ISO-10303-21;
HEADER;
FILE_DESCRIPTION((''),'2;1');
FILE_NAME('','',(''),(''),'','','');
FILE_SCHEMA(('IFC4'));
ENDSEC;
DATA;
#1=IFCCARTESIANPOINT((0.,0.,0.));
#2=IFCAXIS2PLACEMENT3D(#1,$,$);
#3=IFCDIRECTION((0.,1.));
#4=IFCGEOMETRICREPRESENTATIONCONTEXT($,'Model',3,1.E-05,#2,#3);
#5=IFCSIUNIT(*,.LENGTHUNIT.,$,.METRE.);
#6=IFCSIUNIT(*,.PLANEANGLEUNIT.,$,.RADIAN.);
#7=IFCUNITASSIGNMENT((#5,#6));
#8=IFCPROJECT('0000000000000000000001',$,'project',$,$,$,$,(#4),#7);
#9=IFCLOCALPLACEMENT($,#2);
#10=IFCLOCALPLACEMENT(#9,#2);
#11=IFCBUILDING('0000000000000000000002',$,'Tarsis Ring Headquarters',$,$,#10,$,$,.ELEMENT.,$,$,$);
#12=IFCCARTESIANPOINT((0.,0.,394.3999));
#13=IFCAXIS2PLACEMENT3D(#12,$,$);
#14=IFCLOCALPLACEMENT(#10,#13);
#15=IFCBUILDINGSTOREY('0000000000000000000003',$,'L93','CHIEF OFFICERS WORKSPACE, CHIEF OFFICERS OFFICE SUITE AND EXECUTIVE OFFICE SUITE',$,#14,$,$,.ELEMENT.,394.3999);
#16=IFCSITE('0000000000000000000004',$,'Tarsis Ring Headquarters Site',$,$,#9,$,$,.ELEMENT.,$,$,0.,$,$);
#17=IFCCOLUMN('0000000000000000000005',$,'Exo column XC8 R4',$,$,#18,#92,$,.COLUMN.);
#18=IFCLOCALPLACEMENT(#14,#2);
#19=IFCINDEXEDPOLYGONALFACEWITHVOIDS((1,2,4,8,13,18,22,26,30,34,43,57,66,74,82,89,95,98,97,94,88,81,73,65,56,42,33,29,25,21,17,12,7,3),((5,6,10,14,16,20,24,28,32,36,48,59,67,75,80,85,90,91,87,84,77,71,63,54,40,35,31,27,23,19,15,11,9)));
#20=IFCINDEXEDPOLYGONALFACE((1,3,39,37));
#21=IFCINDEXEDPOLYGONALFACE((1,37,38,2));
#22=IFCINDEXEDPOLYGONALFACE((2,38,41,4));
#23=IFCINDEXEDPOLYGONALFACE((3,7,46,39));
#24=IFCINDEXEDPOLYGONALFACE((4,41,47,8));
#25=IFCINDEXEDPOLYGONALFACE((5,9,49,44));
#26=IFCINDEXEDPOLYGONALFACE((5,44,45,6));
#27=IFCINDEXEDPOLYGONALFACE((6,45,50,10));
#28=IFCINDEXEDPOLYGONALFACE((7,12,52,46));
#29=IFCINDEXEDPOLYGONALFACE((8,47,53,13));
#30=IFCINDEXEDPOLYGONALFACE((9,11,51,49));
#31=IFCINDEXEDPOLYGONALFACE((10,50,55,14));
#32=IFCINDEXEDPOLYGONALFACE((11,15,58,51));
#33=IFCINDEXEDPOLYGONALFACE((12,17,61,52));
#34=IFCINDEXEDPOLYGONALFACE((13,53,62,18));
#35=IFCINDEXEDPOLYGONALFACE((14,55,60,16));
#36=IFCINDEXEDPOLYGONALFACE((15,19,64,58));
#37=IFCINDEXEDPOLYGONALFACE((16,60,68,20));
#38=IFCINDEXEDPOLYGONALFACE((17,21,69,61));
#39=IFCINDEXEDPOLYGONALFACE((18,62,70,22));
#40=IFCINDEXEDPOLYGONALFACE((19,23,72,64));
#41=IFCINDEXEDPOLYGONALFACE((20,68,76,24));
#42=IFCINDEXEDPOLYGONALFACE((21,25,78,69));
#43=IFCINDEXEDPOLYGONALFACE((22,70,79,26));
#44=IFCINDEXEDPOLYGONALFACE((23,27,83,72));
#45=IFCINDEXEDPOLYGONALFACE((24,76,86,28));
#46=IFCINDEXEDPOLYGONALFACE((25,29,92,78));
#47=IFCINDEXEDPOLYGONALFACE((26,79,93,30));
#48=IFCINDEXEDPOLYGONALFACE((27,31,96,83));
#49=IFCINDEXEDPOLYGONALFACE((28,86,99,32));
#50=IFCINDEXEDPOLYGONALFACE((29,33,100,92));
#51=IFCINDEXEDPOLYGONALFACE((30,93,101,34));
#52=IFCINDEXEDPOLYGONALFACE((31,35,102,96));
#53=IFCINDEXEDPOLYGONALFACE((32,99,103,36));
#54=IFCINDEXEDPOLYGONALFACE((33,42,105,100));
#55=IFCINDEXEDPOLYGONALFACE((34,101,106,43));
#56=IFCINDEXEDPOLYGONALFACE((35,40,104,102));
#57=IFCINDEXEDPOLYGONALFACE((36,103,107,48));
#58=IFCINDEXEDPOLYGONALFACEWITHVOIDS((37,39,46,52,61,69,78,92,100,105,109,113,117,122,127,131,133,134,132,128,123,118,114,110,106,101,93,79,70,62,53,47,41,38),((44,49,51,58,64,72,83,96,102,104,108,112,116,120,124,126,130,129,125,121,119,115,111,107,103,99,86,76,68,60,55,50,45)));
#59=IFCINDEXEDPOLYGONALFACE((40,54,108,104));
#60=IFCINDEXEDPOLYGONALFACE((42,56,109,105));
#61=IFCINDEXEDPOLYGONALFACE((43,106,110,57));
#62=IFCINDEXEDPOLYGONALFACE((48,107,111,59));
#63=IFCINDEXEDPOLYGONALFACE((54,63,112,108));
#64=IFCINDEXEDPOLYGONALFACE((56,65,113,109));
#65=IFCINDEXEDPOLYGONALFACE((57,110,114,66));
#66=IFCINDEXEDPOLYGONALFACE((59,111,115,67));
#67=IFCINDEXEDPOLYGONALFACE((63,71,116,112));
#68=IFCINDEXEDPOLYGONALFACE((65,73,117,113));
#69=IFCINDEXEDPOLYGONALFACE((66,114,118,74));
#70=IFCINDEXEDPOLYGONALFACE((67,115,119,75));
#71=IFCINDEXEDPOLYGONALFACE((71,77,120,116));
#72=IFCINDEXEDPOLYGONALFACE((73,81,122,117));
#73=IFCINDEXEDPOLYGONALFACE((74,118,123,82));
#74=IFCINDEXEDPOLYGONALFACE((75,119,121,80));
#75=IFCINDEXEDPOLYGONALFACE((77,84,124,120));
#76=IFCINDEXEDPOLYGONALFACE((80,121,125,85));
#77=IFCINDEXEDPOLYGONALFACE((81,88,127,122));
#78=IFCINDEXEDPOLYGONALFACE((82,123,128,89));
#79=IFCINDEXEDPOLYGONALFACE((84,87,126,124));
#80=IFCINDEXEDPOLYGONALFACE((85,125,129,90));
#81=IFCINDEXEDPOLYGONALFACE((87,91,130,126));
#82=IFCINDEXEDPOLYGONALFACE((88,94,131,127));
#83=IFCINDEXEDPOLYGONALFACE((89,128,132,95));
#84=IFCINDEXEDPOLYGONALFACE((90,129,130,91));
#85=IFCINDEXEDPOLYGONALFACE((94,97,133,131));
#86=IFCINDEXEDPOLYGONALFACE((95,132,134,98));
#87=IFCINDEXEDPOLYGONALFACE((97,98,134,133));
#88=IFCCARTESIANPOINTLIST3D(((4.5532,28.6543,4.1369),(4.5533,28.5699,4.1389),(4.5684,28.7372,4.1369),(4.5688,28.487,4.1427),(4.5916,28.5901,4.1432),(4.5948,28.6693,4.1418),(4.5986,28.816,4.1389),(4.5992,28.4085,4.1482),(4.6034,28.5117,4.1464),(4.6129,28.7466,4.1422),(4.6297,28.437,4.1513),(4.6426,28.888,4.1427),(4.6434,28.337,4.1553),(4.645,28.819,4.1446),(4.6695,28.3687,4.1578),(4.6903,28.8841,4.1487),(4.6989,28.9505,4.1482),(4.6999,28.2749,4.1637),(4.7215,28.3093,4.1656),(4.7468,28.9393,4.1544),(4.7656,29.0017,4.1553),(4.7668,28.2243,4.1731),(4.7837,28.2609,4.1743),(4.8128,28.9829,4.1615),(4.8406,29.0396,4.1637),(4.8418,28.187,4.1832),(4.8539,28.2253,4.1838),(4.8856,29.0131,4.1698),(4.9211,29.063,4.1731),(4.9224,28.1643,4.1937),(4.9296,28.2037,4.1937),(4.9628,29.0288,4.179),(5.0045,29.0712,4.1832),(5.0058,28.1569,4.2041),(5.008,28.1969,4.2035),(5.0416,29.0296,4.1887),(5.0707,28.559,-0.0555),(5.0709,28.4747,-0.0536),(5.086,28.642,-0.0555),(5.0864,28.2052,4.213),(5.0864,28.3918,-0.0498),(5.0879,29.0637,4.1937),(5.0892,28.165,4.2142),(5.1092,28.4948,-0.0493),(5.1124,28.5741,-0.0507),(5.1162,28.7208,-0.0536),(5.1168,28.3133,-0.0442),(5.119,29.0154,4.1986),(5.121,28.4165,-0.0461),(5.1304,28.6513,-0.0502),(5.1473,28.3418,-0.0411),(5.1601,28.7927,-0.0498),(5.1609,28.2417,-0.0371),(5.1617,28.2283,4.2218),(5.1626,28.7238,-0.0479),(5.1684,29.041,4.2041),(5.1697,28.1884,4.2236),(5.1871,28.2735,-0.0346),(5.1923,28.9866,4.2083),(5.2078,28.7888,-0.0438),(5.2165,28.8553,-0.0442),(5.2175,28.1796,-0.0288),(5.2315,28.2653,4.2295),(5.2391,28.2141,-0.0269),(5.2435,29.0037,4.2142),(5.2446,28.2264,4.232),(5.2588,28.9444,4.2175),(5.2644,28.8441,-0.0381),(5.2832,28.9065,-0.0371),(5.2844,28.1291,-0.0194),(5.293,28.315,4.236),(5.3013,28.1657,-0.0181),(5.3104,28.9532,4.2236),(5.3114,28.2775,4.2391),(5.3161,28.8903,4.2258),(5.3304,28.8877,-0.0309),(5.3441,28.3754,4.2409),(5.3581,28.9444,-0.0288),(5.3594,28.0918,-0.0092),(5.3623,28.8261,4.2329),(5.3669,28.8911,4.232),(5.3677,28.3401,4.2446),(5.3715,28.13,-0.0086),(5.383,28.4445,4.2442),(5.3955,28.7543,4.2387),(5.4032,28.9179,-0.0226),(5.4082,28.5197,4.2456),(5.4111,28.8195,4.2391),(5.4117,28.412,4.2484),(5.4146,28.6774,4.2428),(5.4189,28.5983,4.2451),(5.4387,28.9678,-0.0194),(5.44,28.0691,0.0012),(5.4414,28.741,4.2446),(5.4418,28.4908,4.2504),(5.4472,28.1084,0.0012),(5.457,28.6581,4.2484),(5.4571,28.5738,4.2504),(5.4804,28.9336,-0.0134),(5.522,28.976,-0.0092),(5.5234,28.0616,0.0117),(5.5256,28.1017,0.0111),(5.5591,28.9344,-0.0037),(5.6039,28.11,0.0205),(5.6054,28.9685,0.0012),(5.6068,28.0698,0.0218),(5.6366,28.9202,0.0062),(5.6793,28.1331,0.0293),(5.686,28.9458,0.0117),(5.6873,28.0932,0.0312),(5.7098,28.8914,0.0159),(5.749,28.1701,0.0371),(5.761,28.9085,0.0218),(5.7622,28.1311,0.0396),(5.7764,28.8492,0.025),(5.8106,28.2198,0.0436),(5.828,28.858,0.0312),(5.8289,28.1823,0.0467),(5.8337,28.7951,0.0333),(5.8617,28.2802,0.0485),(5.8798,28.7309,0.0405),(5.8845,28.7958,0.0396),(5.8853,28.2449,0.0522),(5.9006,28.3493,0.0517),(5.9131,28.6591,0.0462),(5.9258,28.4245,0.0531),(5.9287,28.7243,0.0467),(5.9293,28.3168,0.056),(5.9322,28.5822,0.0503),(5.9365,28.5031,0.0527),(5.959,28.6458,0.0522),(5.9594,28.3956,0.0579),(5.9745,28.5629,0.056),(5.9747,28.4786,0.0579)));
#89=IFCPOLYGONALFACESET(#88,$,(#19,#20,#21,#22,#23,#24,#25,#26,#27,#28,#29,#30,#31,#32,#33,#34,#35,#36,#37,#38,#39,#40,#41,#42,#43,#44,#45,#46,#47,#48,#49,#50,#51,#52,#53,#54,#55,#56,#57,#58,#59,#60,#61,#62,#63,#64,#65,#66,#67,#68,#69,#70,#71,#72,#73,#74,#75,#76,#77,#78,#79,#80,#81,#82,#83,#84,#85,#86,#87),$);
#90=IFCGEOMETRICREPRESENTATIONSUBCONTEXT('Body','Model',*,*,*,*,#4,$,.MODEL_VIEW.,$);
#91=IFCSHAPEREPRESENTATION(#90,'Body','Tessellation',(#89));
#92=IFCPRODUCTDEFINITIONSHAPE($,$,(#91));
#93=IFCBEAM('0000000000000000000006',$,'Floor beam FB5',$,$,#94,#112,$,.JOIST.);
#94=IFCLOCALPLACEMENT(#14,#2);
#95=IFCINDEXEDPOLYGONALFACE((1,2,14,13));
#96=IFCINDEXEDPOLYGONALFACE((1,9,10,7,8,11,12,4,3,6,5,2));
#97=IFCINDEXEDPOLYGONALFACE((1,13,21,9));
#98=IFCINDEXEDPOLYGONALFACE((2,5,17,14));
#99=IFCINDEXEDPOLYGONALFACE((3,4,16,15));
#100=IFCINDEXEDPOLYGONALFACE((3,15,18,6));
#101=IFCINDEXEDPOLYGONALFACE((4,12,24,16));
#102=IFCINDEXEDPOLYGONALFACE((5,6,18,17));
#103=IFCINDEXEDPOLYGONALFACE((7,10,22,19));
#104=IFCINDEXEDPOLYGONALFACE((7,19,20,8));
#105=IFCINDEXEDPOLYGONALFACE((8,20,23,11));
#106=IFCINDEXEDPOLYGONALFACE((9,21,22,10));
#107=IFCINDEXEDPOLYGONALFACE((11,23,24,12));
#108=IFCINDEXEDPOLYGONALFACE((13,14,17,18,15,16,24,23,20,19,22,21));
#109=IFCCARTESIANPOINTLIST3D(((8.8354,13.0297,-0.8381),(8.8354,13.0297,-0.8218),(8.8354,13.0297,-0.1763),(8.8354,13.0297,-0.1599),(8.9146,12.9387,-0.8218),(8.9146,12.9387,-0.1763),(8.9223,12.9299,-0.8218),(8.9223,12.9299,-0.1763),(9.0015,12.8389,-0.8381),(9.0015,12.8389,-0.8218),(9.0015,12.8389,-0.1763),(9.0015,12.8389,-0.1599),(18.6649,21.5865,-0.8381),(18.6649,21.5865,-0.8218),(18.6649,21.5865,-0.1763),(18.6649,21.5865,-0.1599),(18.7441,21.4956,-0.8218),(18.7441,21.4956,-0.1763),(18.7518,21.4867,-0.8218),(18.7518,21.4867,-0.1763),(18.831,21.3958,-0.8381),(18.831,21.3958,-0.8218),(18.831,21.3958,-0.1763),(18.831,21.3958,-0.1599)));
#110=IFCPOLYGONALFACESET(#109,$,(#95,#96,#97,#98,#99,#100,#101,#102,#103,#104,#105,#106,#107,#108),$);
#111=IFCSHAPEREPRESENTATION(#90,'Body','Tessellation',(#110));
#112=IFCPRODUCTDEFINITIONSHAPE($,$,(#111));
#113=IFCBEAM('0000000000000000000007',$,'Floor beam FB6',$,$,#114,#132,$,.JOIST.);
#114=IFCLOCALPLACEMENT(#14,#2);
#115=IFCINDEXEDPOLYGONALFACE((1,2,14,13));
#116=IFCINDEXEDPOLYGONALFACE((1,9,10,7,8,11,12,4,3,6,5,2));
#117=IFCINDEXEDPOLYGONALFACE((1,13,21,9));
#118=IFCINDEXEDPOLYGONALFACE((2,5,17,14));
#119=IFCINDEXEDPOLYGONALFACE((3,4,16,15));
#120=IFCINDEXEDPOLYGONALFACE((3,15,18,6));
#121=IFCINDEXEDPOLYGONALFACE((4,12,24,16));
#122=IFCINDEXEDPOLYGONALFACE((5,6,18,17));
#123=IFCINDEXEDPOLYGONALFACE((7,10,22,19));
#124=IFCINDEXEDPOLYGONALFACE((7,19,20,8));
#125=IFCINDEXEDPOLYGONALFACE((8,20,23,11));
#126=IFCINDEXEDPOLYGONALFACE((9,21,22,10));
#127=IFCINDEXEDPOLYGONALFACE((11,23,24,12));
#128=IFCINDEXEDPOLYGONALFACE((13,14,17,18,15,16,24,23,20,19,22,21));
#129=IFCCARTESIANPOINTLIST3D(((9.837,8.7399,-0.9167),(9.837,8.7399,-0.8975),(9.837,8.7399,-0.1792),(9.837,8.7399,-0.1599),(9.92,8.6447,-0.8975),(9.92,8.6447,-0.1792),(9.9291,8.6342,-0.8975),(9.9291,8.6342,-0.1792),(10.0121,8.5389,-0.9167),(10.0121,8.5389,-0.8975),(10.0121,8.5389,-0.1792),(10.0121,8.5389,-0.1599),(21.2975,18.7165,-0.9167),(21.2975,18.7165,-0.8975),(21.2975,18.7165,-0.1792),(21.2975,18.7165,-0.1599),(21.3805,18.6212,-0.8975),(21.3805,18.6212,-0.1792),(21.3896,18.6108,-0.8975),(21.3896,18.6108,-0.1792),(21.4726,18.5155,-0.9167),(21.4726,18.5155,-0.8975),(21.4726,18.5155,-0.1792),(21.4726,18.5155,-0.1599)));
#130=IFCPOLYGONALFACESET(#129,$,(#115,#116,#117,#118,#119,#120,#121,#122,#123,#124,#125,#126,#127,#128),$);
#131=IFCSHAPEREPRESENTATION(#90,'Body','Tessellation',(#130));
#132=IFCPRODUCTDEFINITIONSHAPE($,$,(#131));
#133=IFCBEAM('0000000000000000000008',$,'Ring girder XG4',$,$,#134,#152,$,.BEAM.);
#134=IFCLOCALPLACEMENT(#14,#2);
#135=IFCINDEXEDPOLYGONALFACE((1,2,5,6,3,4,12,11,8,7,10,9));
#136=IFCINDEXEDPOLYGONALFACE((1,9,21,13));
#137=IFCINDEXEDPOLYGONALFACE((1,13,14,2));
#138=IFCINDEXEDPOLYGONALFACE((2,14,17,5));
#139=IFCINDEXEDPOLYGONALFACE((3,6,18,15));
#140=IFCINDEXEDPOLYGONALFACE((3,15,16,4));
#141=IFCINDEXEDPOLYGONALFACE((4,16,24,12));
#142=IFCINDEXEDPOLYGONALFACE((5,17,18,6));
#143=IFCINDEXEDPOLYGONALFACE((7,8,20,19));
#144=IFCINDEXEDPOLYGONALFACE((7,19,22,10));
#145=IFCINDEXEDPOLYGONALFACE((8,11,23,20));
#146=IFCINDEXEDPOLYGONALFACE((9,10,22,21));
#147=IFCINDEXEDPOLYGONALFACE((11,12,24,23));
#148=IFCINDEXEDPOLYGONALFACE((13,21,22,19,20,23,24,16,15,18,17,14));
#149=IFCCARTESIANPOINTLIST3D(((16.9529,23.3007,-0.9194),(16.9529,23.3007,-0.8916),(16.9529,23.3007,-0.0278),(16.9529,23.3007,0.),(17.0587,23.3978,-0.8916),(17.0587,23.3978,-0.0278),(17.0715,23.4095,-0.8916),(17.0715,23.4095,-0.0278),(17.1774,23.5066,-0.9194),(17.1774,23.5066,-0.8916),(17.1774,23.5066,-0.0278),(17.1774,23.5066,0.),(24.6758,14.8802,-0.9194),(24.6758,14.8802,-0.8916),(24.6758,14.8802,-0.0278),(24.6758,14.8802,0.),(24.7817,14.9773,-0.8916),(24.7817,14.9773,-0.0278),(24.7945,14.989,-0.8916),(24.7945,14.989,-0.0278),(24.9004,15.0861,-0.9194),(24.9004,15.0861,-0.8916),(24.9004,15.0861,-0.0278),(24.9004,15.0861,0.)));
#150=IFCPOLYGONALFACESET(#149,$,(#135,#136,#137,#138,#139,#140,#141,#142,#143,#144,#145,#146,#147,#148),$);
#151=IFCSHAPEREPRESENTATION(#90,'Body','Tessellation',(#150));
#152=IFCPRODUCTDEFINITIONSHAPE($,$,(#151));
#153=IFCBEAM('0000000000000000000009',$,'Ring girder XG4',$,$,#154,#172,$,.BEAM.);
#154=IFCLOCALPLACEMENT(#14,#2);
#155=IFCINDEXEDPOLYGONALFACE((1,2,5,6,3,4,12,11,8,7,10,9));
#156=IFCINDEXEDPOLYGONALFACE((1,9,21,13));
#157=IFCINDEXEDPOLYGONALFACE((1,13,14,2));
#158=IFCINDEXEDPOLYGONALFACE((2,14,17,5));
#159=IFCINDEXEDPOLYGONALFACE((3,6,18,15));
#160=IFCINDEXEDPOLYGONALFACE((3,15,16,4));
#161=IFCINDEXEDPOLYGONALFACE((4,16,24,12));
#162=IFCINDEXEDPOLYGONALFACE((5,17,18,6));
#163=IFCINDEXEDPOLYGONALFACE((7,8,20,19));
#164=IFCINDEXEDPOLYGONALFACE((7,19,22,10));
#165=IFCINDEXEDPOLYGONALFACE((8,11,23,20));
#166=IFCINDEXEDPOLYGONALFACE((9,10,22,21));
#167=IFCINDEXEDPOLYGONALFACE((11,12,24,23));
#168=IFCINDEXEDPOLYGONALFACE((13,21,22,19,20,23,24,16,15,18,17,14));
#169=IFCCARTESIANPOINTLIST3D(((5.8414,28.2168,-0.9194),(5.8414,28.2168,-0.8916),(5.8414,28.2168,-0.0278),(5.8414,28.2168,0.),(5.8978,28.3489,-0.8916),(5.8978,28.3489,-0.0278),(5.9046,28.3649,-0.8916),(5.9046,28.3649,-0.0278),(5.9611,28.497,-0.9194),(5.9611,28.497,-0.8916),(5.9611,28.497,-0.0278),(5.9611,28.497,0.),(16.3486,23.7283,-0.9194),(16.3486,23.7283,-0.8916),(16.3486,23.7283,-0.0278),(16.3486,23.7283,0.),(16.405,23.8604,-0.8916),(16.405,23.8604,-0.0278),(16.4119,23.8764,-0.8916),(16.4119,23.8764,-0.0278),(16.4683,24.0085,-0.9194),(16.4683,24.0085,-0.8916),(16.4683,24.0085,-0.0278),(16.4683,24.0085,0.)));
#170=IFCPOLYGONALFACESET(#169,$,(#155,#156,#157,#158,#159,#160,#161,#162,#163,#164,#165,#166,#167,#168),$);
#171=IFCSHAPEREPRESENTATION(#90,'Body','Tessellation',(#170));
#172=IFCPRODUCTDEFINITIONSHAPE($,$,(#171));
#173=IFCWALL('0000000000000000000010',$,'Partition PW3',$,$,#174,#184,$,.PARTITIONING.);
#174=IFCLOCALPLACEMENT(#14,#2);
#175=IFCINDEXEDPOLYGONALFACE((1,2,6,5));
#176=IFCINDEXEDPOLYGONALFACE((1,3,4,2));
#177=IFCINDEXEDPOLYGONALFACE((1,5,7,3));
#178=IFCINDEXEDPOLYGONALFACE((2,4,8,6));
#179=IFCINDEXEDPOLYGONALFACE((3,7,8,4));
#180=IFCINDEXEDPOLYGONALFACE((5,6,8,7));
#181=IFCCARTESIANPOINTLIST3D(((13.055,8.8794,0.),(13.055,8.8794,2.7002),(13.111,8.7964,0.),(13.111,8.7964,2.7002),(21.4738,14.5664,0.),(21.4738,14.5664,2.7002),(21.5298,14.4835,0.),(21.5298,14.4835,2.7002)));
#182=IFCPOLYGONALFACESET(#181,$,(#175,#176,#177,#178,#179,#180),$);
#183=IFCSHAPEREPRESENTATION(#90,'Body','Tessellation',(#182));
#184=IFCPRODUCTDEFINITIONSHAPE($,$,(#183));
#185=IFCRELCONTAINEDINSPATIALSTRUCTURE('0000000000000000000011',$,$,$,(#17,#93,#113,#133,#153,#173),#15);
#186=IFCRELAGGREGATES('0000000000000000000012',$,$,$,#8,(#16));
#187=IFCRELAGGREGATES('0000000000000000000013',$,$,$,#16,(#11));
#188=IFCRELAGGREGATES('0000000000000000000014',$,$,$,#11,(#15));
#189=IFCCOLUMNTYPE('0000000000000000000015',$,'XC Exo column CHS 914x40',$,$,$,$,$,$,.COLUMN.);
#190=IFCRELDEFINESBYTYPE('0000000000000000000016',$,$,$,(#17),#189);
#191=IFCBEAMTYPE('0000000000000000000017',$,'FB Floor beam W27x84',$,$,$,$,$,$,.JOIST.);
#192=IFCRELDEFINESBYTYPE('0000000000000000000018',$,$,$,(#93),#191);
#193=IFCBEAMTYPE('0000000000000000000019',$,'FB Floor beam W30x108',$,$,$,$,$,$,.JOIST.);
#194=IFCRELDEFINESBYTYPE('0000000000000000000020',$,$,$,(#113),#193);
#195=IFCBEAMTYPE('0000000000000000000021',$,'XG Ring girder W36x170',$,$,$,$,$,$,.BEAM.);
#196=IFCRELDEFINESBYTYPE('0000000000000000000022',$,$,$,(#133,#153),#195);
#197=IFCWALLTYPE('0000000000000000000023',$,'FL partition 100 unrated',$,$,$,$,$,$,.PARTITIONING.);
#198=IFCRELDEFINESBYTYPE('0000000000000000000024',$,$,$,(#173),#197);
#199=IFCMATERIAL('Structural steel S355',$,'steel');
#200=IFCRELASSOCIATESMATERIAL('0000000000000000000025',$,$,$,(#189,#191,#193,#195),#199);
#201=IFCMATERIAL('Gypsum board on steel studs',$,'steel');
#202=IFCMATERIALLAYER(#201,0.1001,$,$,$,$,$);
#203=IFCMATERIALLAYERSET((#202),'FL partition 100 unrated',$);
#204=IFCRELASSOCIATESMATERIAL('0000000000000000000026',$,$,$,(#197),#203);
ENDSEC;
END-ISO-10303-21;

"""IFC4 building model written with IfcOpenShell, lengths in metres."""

from ifc_helpers import new_model, si_unit, direction, frame, frame_2d, origin, origin_2d, place, context, subcontext, project, spatial, rectangle, hollow_circle, i_section, extrude, material, layer, layer_set, material_profile, profile_set, type_object, element, save


model = new_model("IFC4")

# Units and contexts
model_context = context("Model", 3, precision=1e-05, world=origin(), true_north=direction((0.0, 1.0)))
body_context = subcontext(model_context, "Body", "Model", "MODEL_VIEW")
ifc_project = project(units=[si_unit("LENGTHUNIT", "METRE"), si_unit("PLANEANGLEUNIT", "RADIAN")], contexts=[model_context])

# Site, building, storey
site_placement = place(None, origin())
site = spatial("IfcSite", under=ifc_project, at=site_placement, Name="Tarsis Ring Headquarters Site", CompositionType="ELEMENT", RefElevation=0.0)
building_placement = place(site_placement, origin())
building = spatial("IfcBuilding", under=site, at=building_placement, Name="Tarsis Ring Headquarters", CompositionType="ELEMENT")
storey_placement = place(building_placement, frame((0.0, 0.0, 394.3999)))
storey = spatial("IfcBuildingStorey", under=building, at=storey_placement, Name="L93", Description="CHIEF OFFICERS WORKSPACE, CHIEF OFFICERS OFFICE SUITE AND EXECUTIVE OFFICE SUITE", CompositionType="ELEMENT", Elevation=394.3999)

# Column
ifc_material_1 = material(Name="Structural steel S355", Category="steel")
ifc_material_profile_1 = material_profile(ifc_material_1, hollow_circle(Radius=0.457, WallThickness=0.04, at=origin_2d()), Name="CHS 914x40")
ifc_profile_set_1 = profile_set([ifc_material_profile_1], Name="Structural steel S355")
column_type = type_object("IfcColumnType", Name="XC Exo column CHS 914x40", PredefinedType="COLUMN", material=ifc_profile_set_1)
for number, where, z_axis, x_axis, name in (
    (1, (5.5227, 28.5188, 0.0012), (-0.122495, 0.022535, 0.992213), (-0.180926, -0.983497, 0.0), "Exo column XC8 R4"),
):
    element("IfcColumn", number, at=place(storey_placement, frame(where, z_axis=z_axis, x_axis=x_axis)), inside=storey, type_object=column_type, Name=name, PredefinedType="COLUMN", context=body_context, shape_type="SweptSolid", body=[
        extrude(hollow_circle(Radius=0.4573, WallThickness=0.04, at=origin_2d()), origin(), (0.0, 0.0, 1.0), 4.2253),
    ])

# Beams
ifc_material_profile_2 = material_profile(ifc_material_1, i_section(OverallWidth=0.2529, OverallDepth=0.6782, WebThickness=0.0117, FlangeThickness=0.0164, at=origin_2d()), Name="W27x84")
ifc_profile_set_2 = profile_set([ifc_material_profile_2], Name="Structural steel S355")
beam_type_1 = type_object("IfcBeamType", Name="FB Floor beam W27x84", PredefinedType="JOIST", material=ifc_profile_set_2)
beam_1_placement = place(storey_placement, frame((8.9185, 12.9343, -0.499), z_axis=(0.754248, 0.65659, 0.0), x_axis=(-0.65659, 0.754248, 0.0)))
element("IfcBeam", 2, at=beam_1_placement, inside=storey, type_object=beam_type_1, Name="Floor beam FB5", PredefinedType="JOIST", context=body_context, shape_type="SweptSolid", body=[
    extrude(i_section(OverallWidth=0.2529, OverallDepth=0.6782, WebThickness=0.0117, FlangeThickness=0.0164, at=origin_2d()), origin(), (0.0, 0.0, 1.0), 13.0322),
])
ifc_material_profile_3 = material_profile(ifc_material_1, i_section(OverallWidth=0.2666, OverallDepth=0.7568, WebThickness=0.0139, FlangeThickness=0.0193, at=origin_2d()), Name="W30x108")
ifc_profile_set_3 = profile_set([ifc_material_profile_3], Name="Structural steel S355")
beam_type_2 = type_object("IfcBeamType", Name="FB Floor beam W30x108", PredefinedType="JOIST", material=ifc_profile_set_3)
beam_2_placement = place(storey_placement, frame((9.9246, 8.6394, -0.5383), z_axis=(0.754248, 0.656589, 0.0), x_axis=(-0.656589, 0.754248, 0.0)))
element("IfcBeam", 3, at=beam_2_placement, inside=storey, type_object=beam_type_2, Name="Floor beam FB6", PredefinedType="JOIST", context=body_context, shape_type="SweptSolid", body=[
    extrude(i_section(OverallWidth=0.2666, OverallDepth=0.7568, WebThickness=0.0139, FlangeThickness=0.0193, at=origin_2d()), origin(), (0.0, 0.0, 1.0), 15.1946),
])
ifc_material_profile_4 = material_profile(ifc_material_1, i_section(OverallWidth=0.3047, OverallDepth=0.9194, WebThickness=0.0173, FlangeThickness=0.0278, at=origin_2d()), Name="W36x170")
ifc_profile_set_4 = profile_set([ifc_material_profile_4], Name="Structural steel S355")
beam_type_3 = type_object("IfcBeamType", Name="XG Ring girder W36x170", PredefinedType="BEAM", material=ifc_profile_set_4)
for number, where, z_axis, x_axis, name in (
    (4, (24.7881, 14.9832, -0.4597), (-0.675924, 0.736971, 0.0), (-0.736971, -0.675924, 0.0), "Ring girder XG4"),
    (5, (16.4084, 23.8684, -0.4597), (-0.919607, 0.392839, 0.0), (-0.392839, -0.919607, 0.0), "Ring girder XG4"),
):
    element("IfcBeam", number, at=place(storey_placement, frame(where, z_axis=z_axis, x_axis=x_axis)), inside=storey, type_object=beam_type_3, Name=name, PredefinedType="BEAM", context=body_context, shape_type="SweptSolid", body=[
        extrude(i_section(OverallWidth=0.3047, OverallDepth=0.9194, WebThickness=0.0173, FlangeThickness=0.0278, at=origin_2d()), origin(), (0.0, 0.0, 1.0), 11.4258),
    ])

# Wall
ifc_material_2 = material(Name="Gypsum board on steel studs", Category="steel")
ifc_layer_1 = layer(ifc_material_2, 0.1001)
ifc_layer_set_1 = layer_set([ifc_layer_1], Name="FL partition 100 unrated")
wall_type_1 = type_object("IfcWallType", Name="FL partition 100 unrated", PredefinedType="PARTITIONING", material=ifc_layer_set_1)
wall_1_placement = place(storey_placement, frame((13.083, 8.8379, 0.0), z_axis=(0.0, 0.0, 1.0), x_axis=(0.828648, 0.55977, 0.0)))
element("IfcWall", 6, at=wall_1_placement, inside=storey, type_object=wall_type_1, Name="Partition PW3", PredefinedType="PARTITIONING", context=body_context, shape_type="SweptSolid", body=[
    extrude(rectangle(XDim=10.1597, YDim=0.1001, at=frame_2d((5.0798, 0.0))), origin(), (0.0, 0.0, 1.0), 2.7002),
])

save(model, "model.ifc")
